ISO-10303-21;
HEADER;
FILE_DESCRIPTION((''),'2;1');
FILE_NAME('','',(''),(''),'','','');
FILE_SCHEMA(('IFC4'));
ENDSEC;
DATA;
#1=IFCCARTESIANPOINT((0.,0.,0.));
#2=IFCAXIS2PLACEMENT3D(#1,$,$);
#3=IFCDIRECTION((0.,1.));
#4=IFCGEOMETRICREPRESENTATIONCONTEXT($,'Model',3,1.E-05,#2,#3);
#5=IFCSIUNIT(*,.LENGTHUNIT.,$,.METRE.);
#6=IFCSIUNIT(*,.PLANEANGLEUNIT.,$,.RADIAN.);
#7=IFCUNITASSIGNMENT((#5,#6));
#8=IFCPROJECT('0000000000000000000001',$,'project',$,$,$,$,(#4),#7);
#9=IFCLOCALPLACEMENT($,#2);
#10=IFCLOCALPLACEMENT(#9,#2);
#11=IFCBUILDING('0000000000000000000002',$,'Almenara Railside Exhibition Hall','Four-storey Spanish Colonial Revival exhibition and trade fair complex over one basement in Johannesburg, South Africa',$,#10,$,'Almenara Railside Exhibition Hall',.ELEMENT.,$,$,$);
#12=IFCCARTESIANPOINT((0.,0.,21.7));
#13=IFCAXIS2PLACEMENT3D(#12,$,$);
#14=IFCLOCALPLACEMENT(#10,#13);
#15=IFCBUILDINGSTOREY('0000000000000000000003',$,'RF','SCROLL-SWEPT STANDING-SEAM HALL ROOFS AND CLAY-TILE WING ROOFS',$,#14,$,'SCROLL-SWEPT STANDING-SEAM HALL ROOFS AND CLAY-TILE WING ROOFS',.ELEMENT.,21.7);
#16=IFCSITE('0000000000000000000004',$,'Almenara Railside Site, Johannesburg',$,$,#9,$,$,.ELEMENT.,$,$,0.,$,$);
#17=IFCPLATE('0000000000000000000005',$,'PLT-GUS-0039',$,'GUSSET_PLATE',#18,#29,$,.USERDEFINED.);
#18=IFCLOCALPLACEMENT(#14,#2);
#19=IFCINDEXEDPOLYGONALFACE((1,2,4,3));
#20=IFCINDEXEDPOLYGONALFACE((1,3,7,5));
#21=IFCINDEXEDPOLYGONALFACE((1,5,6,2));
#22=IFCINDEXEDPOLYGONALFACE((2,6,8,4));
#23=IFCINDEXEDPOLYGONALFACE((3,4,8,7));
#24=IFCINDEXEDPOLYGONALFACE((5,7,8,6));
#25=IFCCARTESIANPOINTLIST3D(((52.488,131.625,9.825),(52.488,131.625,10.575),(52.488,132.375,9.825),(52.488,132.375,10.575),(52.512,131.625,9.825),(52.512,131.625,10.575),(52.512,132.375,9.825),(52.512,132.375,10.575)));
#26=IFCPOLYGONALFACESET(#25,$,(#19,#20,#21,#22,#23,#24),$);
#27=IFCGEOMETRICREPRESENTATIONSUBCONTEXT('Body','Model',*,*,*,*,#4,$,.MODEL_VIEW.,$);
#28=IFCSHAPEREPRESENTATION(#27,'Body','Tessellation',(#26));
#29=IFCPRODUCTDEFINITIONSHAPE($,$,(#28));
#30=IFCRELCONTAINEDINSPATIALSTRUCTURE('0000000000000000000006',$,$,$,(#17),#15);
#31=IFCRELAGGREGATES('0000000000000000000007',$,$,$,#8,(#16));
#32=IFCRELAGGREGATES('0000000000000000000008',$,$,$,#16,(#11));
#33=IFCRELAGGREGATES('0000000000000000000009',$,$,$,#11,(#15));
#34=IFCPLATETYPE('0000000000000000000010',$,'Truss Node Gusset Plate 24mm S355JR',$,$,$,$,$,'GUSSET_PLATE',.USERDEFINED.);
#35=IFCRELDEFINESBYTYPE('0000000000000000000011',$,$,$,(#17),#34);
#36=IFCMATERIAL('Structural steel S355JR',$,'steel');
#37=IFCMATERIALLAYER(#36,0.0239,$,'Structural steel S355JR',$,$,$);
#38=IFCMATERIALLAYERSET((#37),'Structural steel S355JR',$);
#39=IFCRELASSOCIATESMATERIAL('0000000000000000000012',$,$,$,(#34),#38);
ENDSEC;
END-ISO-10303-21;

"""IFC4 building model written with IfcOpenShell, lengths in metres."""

from ifc_helpers import new_model, si_unit, direction, frame, origin, origin_2d, place, context, subcontext, project, spatial, rectangle, extrude, material, layer, layer_set, type_object, element, save


model = new_model("IFC4")

# Units and contexts
model_context = context("Model", 3, precision=1e-05, world=origin(), true_north=direction((0.0, 1.0)))
body_context = subcontext(model_context, "Body", "Model", "MODEL_VIEW")
ifc_project = project(units=[si_unit("LENGTHUNIT", "METRE"), si_unit("PLANEANGLEUNIT", "RADIAN")], contexts=[model_context])

# Site, building, storey
site_placement = place(None, origin())
site = spatial("IfcSite", under=ifc_project, at=site_placement, Name="Almenara Railside Site, Johannesburg", CompositionType="ELEMENT", RefElevation=0.0)
building_placement = place(site_placement, origin())
building = spatial("IfcBuilding", under=site, at=building_placement, Name="Almenara Railside Exhibition Hall", Description="Four-storey Spanish Colonial Revival exhibition and trade fair complex over one basement in Johannesburg, South Africa", LongName="Almenara Railside Exhibition Hall", CompositionType="ELEMENT")
storey_placement = place(building_placement, frame((0.0, 0.0, 21.7)))
storey = spatial("IfcBuildingStorey", under=building, at=storey_placement, Name="RF", Description="SCROLL-SWEPT STANDING-SEAM HALL ROOFS AND CLAY-TILE WING ROOFS", LongName="SCROLL-SWEPT STANDING-SEAM HALL ROOFS AND CLAY-TILE WING ROOFS", CompositionType="ELEMENT", Elevation=21.7)

# Shared definitions
ifc_material_1 = material(Name="Structural steel S355JR", Category="steel")

# Plate
ifc_layer_1 = layer(ifc_material_1, 0.0239, Name="Structural steel S355JR")
ifc_layer_set_1 = layer_set([ifc_layer_1], Name="Structural steel S355JR")
plate_type_1 = type_object("IfcPlateType", Name="Truss Node Gusset Plate 24mm S355JR", ElementType="GUSSET_PLATE", PredefinedType="USERDEFINED", material=ifc_layer_set_1)
plate_1_placement = place(storey_placement, frame((52.5, 132.0, 9.825), z_axis=(0.0, 0.0, 1.0), x_axis=(0.0, 1.0, 0.0)))
element("IfcPlate", 1, at=plate_1_placement, inside=storey, type_object=plate_type_1, Name="PLT-GUS-0039", ObjectType="GUSSET_PLATE", PredefinedType="USERDEFINED", context=body_context, shape_type="SweptSolid", body=[
    extrude(rectangle(XDim=0.75, YDim=0.0239, at=origin_2d()), origin(), (0.0, 0.0, 1.0), 0.75),
])

save(model, "model.ifc")
